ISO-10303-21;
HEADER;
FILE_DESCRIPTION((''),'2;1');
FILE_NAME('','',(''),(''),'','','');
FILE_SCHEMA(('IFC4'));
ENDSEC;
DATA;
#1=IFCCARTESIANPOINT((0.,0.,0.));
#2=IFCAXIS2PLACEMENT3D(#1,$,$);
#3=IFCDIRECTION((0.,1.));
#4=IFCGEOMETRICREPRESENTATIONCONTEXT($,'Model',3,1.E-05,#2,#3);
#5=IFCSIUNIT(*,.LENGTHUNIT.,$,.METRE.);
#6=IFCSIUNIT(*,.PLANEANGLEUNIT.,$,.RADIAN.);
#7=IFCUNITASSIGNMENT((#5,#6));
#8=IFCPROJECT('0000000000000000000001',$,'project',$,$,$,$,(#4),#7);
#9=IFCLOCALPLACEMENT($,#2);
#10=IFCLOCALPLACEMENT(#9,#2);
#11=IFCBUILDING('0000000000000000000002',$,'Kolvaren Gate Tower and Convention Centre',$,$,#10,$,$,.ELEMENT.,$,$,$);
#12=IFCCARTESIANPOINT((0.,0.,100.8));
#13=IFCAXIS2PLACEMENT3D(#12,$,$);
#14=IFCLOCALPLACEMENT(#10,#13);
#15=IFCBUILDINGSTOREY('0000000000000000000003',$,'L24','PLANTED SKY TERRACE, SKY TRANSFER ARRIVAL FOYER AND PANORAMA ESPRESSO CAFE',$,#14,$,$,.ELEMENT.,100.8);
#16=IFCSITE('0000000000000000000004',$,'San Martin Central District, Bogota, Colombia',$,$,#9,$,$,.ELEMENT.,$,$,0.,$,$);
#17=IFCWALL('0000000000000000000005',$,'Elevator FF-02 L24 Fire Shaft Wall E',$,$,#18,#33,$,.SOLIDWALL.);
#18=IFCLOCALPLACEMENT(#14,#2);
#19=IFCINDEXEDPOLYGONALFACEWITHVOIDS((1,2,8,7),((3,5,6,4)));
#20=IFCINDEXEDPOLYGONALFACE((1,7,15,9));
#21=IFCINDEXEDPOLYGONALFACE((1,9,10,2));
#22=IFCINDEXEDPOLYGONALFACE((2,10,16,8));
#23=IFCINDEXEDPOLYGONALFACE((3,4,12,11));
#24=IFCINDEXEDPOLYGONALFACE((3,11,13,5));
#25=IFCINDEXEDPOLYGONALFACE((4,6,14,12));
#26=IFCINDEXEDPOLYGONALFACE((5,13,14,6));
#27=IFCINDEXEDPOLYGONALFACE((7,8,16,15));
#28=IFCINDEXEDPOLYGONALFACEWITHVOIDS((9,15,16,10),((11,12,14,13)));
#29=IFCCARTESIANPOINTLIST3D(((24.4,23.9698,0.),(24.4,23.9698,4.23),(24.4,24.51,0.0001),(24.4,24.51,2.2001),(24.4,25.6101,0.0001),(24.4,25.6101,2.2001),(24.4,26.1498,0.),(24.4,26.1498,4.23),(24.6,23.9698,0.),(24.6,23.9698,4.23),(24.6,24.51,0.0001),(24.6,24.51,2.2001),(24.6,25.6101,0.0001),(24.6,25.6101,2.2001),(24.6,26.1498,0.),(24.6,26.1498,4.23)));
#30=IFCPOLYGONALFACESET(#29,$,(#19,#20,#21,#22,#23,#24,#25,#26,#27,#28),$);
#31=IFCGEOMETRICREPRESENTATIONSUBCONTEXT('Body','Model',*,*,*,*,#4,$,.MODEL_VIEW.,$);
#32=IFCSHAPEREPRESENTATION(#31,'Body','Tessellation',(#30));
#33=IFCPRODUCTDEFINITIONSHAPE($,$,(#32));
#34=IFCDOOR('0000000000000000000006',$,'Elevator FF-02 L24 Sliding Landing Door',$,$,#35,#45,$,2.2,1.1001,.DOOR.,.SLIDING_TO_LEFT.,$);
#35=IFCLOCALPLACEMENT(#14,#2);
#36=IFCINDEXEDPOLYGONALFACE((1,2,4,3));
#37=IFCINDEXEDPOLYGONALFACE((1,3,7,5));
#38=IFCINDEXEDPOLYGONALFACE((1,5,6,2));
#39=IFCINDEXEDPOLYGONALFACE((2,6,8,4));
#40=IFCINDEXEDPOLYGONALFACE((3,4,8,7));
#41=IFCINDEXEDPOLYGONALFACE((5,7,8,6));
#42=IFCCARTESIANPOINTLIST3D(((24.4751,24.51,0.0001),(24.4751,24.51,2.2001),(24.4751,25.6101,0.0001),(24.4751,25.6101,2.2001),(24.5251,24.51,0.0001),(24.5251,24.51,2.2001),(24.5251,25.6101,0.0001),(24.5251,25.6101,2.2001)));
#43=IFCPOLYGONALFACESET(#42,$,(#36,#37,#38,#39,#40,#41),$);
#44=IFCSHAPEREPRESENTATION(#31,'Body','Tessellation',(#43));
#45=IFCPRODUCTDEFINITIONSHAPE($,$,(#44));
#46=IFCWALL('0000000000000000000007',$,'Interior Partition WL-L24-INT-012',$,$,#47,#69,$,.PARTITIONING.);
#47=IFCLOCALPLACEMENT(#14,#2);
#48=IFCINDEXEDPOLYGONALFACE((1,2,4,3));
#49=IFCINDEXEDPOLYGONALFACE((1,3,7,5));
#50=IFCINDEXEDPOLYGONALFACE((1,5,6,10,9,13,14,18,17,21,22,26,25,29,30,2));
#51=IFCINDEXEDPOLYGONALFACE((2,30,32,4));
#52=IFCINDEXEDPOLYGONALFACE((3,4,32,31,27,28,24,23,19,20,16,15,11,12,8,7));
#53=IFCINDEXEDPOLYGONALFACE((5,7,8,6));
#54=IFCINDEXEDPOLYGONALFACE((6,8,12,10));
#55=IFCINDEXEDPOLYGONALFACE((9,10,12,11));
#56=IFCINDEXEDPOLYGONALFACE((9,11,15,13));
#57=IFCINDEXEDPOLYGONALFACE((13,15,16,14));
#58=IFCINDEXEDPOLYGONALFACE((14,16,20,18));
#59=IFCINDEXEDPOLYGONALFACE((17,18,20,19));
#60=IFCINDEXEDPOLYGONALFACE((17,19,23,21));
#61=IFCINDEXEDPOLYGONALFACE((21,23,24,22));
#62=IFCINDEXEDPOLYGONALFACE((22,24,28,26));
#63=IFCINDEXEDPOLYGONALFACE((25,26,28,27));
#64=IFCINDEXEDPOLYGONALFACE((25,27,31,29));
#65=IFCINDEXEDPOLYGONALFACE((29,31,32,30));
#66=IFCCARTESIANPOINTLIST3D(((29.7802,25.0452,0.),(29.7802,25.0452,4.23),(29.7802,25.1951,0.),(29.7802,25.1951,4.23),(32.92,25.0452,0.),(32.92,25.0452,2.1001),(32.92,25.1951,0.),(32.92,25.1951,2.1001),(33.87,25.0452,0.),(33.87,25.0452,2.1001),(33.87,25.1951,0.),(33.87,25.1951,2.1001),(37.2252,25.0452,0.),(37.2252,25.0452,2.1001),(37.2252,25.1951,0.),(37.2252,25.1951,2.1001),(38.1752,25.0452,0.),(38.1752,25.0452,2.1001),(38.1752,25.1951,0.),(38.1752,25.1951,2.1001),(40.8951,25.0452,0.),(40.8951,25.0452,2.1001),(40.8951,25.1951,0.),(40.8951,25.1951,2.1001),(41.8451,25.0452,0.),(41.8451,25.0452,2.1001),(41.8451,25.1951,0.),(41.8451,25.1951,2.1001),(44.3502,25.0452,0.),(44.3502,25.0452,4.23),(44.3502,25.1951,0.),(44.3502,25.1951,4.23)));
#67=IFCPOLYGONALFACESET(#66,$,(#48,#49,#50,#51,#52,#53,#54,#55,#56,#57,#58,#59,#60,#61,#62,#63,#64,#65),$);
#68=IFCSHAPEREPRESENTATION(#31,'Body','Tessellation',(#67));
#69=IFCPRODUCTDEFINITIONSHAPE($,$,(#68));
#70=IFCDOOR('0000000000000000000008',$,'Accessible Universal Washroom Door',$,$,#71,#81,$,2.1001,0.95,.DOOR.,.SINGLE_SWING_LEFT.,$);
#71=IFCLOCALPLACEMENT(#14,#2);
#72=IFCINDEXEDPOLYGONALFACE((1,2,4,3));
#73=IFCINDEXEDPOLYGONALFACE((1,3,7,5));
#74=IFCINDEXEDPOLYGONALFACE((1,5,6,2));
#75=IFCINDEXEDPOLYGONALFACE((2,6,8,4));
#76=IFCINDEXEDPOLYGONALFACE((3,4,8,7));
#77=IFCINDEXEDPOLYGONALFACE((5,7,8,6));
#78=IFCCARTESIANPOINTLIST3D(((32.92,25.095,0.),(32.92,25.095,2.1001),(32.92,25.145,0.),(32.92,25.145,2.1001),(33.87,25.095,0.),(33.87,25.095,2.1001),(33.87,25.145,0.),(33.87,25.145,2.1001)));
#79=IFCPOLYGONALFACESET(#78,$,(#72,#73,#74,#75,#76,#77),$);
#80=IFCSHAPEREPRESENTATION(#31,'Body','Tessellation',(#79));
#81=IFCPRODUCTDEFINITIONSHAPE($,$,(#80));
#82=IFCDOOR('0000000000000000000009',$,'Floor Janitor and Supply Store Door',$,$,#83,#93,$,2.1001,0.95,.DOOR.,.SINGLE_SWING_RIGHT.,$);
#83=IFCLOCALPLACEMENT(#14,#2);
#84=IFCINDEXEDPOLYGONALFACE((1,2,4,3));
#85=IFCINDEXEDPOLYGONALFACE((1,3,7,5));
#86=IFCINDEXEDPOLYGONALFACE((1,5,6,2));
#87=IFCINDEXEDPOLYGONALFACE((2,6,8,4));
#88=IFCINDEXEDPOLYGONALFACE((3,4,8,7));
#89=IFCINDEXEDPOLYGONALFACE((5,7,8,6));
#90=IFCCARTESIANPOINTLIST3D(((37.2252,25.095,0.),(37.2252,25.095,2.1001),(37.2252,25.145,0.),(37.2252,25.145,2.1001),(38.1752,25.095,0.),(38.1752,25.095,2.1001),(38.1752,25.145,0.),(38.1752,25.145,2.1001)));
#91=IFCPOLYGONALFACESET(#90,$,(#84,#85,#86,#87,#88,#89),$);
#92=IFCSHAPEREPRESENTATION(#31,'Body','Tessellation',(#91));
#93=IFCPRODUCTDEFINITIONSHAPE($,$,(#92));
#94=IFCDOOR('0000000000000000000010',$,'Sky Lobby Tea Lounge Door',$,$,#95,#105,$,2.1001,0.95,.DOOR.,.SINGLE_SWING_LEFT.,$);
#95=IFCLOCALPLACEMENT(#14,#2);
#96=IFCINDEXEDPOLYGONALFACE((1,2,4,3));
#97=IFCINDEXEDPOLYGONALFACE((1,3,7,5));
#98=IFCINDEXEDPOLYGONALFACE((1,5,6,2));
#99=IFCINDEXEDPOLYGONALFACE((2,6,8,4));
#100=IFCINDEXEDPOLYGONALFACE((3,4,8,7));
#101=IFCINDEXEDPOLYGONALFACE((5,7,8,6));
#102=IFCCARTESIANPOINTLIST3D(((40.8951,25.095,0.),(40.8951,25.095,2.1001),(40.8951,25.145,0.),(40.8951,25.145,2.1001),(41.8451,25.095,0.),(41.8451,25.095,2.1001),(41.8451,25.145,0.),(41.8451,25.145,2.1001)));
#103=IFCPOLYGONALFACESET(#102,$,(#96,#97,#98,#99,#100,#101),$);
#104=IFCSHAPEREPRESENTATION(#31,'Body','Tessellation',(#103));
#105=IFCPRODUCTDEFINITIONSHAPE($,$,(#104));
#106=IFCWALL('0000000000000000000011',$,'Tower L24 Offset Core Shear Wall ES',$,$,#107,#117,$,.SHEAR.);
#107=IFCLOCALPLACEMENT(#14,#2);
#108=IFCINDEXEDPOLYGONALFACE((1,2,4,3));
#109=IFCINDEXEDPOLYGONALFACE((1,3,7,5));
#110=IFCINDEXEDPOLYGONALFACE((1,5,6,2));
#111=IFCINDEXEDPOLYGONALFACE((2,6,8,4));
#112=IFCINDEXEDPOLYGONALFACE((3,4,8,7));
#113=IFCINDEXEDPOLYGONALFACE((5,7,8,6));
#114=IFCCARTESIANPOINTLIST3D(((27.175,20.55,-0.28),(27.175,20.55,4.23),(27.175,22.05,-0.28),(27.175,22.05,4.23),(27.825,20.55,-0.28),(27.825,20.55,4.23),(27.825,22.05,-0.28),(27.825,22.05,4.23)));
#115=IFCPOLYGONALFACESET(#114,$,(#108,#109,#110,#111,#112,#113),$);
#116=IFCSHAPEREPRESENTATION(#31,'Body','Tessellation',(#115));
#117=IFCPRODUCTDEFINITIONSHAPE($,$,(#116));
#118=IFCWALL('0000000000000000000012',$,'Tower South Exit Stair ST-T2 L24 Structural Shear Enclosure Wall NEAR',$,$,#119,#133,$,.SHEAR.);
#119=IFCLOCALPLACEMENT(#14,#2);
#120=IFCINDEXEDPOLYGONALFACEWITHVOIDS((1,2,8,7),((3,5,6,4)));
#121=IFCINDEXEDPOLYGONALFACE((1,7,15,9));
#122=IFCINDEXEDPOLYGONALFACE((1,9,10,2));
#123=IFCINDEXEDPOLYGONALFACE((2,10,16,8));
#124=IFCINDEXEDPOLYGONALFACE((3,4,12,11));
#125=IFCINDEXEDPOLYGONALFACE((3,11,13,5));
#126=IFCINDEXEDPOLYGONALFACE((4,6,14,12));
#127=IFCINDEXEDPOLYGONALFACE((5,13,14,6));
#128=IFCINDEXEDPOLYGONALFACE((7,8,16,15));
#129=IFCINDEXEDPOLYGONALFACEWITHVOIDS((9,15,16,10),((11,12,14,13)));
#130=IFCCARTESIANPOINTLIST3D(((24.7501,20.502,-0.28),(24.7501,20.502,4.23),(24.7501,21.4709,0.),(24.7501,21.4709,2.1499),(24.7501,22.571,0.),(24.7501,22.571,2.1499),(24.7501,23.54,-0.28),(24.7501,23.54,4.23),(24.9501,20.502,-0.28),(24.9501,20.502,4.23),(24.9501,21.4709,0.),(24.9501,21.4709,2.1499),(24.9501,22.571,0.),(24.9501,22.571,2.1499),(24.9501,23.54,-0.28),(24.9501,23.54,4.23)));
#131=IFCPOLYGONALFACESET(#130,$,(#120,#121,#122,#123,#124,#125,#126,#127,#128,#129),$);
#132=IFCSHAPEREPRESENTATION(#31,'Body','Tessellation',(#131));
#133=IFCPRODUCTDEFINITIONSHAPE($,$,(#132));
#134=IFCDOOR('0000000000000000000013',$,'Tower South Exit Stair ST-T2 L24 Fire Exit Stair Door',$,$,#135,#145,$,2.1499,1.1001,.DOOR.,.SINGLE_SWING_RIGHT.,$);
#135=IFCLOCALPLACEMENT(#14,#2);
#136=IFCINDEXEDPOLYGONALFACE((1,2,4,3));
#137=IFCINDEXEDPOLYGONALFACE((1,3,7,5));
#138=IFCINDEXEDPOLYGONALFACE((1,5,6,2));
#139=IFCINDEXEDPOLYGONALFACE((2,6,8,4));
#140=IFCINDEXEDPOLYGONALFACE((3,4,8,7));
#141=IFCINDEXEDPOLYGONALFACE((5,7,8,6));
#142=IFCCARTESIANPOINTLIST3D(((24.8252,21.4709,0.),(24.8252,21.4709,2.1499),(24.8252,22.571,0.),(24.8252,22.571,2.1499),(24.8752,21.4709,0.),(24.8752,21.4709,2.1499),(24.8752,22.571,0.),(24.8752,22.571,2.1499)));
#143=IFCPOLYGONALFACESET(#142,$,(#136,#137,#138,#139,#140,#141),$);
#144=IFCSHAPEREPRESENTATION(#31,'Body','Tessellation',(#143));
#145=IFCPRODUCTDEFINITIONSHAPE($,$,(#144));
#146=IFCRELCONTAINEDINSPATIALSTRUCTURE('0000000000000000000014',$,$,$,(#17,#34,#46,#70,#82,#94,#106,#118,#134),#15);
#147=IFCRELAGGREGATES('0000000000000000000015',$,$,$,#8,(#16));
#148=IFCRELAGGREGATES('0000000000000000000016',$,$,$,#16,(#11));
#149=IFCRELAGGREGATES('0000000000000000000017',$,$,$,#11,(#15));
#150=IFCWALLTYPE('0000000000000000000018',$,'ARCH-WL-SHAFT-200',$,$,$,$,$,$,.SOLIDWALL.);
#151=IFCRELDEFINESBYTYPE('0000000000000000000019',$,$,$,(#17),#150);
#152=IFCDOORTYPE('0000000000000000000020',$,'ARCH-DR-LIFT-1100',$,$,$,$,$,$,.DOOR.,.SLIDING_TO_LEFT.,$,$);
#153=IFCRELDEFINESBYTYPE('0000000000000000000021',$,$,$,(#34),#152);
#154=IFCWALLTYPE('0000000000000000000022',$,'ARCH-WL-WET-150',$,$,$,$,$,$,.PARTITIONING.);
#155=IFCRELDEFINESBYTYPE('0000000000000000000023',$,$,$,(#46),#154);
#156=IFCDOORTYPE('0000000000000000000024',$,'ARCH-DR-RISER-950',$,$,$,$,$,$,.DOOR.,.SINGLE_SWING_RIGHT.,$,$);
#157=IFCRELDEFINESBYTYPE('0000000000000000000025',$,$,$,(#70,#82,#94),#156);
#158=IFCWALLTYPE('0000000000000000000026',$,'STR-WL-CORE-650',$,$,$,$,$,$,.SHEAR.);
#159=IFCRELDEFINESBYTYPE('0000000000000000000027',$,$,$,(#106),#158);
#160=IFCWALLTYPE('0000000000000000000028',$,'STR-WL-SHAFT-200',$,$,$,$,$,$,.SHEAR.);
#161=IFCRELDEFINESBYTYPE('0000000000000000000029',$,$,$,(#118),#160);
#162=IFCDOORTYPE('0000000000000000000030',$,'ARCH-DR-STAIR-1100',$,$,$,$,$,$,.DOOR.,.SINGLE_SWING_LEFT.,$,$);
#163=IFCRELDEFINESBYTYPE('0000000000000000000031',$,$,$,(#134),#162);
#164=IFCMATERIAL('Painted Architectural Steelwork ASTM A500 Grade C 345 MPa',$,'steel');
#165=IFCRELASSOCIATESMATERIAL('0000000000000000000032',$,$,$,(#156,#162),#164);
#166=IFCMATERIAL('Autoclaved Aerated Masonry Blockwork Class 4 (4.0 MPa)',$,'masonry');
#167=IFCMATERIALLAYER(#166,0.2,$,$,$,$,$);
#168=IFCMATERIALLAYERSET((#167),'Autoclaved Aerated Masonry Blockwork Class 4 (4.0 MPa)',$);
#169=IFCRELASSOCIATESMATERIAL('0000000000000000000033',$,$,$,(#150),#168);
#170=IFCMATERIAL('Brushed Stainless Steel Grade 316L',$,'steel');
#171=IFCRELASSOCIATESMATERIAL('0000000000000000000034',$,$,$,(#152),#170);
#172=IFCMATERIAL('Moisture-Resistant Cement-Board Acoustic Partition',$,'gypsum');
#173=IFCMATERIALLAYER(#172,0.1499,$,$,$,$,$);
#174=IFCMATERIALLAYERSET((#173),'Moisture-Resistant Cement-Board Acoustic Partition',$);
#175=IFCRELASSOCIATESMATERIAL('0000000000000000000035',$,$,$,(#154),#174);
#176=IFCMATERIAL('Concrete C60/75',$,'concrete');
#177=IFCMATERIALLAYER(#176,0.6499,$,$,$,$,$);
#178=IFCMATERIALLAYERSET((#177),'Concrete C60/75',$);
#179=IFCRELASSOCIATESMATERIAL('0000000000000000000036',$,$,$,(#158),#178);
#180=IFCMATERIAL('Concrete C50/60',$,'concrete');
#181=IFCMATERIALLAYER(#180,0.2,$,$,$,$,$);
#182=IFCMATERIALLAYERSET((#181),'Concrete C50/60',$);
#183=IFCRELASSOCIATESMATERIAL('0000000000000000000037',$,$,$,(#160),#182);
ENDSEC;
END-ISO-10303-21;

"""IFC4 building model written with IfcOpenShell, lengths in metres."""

from ifc_helpers import new_model, si_unit, direction, frame, frame_2d, origin, place, context, subcontext, project, spatial, rectangle, extrude, material, layer, layer_set, type_object, element, fill, save


model = new_model("IFC4")

# Units and contexts
model_context = context("Model", 3, precision=1e-05, world=origin(), true_north=direction((0.0, 1.0)))
body_context = subcontext(model_context, "Body", "Model", "MODEL_VIEW")
ifc_project = project(units=[si_unit("LENGTHUNIT", "METRE"), si_unit("PLANEANGLEUNIT", "RADIAN")], contexts=[model_context])

# Site, building, storey
site_placement = place(None, origin())
site = spatial("IfcSite", under=ifc_project, at=site_placement, Name="San Martin Central District, Bogota, Colombia", CompositionType="ELEMENT", RefElevation=0.0)
building_placement = place(site_placement, origin())
building = spatial("IfcBuilding", under=site, at=building_placement, Name="Kolvaren Gate Tower and Convention Centre", CompositionType="ELEMENT")
storey_placement = place(building_placement, frame((0.0, 0.0, 100.8)))
storey = spatial("IfcBuildingStorey", under=building, at=storey_placement, Name="L24", Description="PLANTED SKY TERRACE, SKY TRANSFER ARRIVAL FOYER AND PANORAMA ESPRESSO CAFE", CompositionType="ELEMENT", Elevation=100.8)

# Shared definitions
ifc_material_1 = material(Name="Concrete C60/75", Category="concrete")

# Shared definitions
ifc_material_2 = material(Name="Autoclaved Aerated Masonry Blockwork Class 4 (4.0 MPa)", Category="masonry")

# Shared definitions
ifc_material_3 = material(Name="Painted Architectural Steelwork ASTM A500 Grade C 345 MPa", Category="steel")
door_type_1 = type_object("IfcDoorType", Name="ARCH-DR-RISER-950", OperationType="SINGLE_SWING_RIGHT", PredefinedType="DOOR", material=ifc_material_3)

# Shared definitions
ifc_layer_1 = layer(ifc_material_2, 0.2)
ifc_layer_set_1 = layer_set([ifc_layer_1], Name="Autoclaved Aerated Masonry Blockwork Class 4 (4.0 MPa)")
wall_type_1 = type_object("IfcWallType", Name="ARCH-WL-SHAFT-200", PredefinedType="SOLIDWALL", material=ifc_layer_set_1)

# Shared definitions
ifc_material_4 = material(Name="Brushed Stainless Steel Grade 316L", Category="steel")
door_type_2 = type_object("IfcDoorType", Name="ARCH-DR-LIFT-1100", OperationType="SLIDING_TO_LEFT", PredefinedType="DOOR", material=ifc_material_4)

# Wall, opening, door
wall_1_placement = place(storey_placement, frame((24.5, 23.97, 0.0), z_axis=(0.0, 0.0, 1.0), x_axis=(0.0, 1.0, 0.0)))
wall_1 = element("IfcWall", 1, at=wall_1_placement, inside=storey, type_object=wall_type_1, Name="Elevator FF-02 L24 Fire Shaft Wall E", PredefinedType="SOLIDWALL", context=body_context, shape_type="SweptSolid", body=[
    extrude(rectangle(XDim=2.1799, YDim=0.2, at=frame_2d((1.0898, 0.0))), origin(), (0.0, 0.0, 1.0), 4.23),
])
opening_1_placement = place(wall_1_placement, frame((0.54, 0.0, 0.0)))
opening_1 = element("IfcOpeningElement", 2, at=opening_1_placement, cuts=wall_1, PredefinedType="OPENING", context=body_context, shape_type="SweptSolid", body=[
    extrude(rectangle(XDim=1.1001, YDim=2.2, at=frame_2d((0.55, 1.1001))), frame((0.0, 0.1099, 0.0), z_axis=(0.0, -1.0, 0.0), x_axis=(1.0, 0.0, 0.0)), (0.0, 0.0, 1.0), 0.22),
])
door_1_placement = place(opening_1_placement, origin())
door_1 = element("IfcDoor", 3, at=door_1_placement, inside=storey, type_object=door_type_2, Name="Elevator FF-02 L24 Sliding Landing Door", OperationType="SLIDING_TO_LEFT", OverallHeight=2.2, OverallWidth=1.1001, PredefinedType="DOOR", context=body_context, shape_type="SweptSolid", body=[
    extrude(rectangle(XDim=1.1001, YDim=2.2, at=frame_2d((0.55, 1.1001))), frame((0.0, 0.0249, 0.0), z_axis=(0.0, -1.0, 0.0), x_axis=(1.0, 0.0, 0.0)), (0.0, 0.0, 1.0), 0.05),
])
fill(opening_1, door_1)

# Wall, openings, doors
ifc_material_5 = material(Name="Moisture-Resistant Cement-Board Acoustic Partition", Category="gypsum")
ifc_layer_2 = layer(ifc_material_5, 0.1499)
ifc_layer_set_2 = layer_set([ifc_layer_2], Name="Moisture-Resistant Cement-Board Acoustic Partition")
wall_type_2 = type_object("IfcWallType", Name="ARCH-WL-WET-150", PredefinedType="PARTITIONING", material=ifc_layer_set_2)
wall_2_placement = place(storey_placement, frame((29.78, 25.1201, 0.0), z_axis=(0.0, 0.0, 1.0), x_axis=(1.0, 0.0, 0.0)))
wall_2 = element("IfcWall", 4, at=wall_2_placement, inside=storey, type_object=wall_type_2, Name="Interior Partition WL-L24-INT-012", PredefinedType="PARTITIONING", context=body_context, shape_type="SweptSolid", body=[
    extrude(rectangle(XDim=14.5701, YDim=0.1499, at=frame_2d((7.2852, 0.0))), origin(), (0.0, 0.0, 1.0), 4.23),
])
opening_2_placement = place(wall_2_placement, frame((3.1399, 0.0, 0.0)))
opening_2 = element("IfcOpeningElement", 5, at=opening_2_placement, cuts=wall_2, PredefinedType="OPENING", context=body_context, shape_type="SweptSolid", body=[
    extrude(rectangle(XDim=0.95, YDim=2.1001, at=frame_2d((0.4751, 1.05))), frame((0.0, 0.085, 0.0), z_axis=(0.0, -1.0, 0.0), x_axis=(1.0, 0.0, 0.0)), (0.0, 0.0, 1.0), 0.1699),
])
opening_3_placement = place(wall_2_placement, frame((7.4451, 0.0, 0.0)))
opening_3 = element("IfcOpeningElement", 6, at=opening_3_placement, cuts=wall_2, PredefinedType="OPENING", context=body_context, shape_type="SweptSolid", body=[
    extrude(rectangle(XDim=0.95, YDim=2.1001, at=frame_2d((0.4751, 1.05))), frame((0.0, 0.085, 0.0), z_axis=(0.0, -1.0, 0.0), x_axis=(1.0, 0.0, 0.0)), (0.0, 0.0, 1.0), 0.1699),
])
opening_4_placement = place(wall_2_placement, frame((11.115, 0.0, 0.0)))
opening_4 = element("IfcOpeningElement", 7, at=opening_4_placement, cuts=wall_2, PredefinedType="OPENING", context=body_context, shape_type="SweptSolid", body=[
    extrude(rectangle(XDim=0.95, YDim=2.1001, at=frame_2d((0.4751, 1.05))), frame((0.0, 0.085, 0.0), z_axis=(0.0, -1.0, 0.0), x_axis=(1.0, 0.0, 0.0)), (0.0, 0.0, 1.0), 0.1699),
])
door_2_placement = place(opening_2_placement, origin())
door_2 = element("IfcDoor", 8, at=door_2_placement, inside=storey, type_object=door_type_1, Name="Accessible Universal Washroom Door", OperationType="SINGLE_SWING_LEFT", OverallHeight=2.1001, OverallWidth=0.95, PredefinedType="DOOR", context=body_context, shape_type="SweptSolid", body=[
    extrude(rectangle(XDim=0.95, YDim=2.1001, at=frame_2d((0.4751, 1.05))), frame((0.0, 0.0249, 0.0), z_axis=(0.0, -1.0, 0.0), x_axis=(1.0, 0.0, 0.0)), (0.0, 0.0, 1.0), 0.05),
])
fill(opening_2, door_2)
door_3_placement = place(opening_3_placement, origin())
door_3 = element("IfcDoor", 9, at=door_3_placement, inside=storey, type_object=door_type_1, Name="Floor Janitor and Supply Store Door", OperationType="SINGLE_SWING_RIGHT", OverallHeight=2.1001, OverallWidth=0.95, PredefinedType="DOOR", context=body_context, shape_type="SweptSolid", body=[
    extrude(rectangle(XDim=0.95, YDim=2.1001, at=frame_2d((0.4751, 1.05))), frame((0.0, 0.0249, 0.0), z_axis=(0.0, -1.0, 0.0), x_axis=(1.0, 0.0, 0.0)), (0.0, 0.0, 1.0), 0.05),
])
fill(opening_3, door_3)
door_4_placement = place(opening_4_placement, origin())
door_4 = element("IfcDoor", 10, at=door_4_placement, inside=storey, type_object=door_type_1, Name="Sky Lobby Tea Lounge Door", OperationType="SINGLE_SWING_LEFT", OverallHeight=2.1001, OverallWidth=0.95, PredefinedType="DOOR", context=body_context, shape_type="SweptSolid", body=[
    extrude(rectangle(XDim=0.95, YDim=2.1001, at=frame_2d((0.4751, 1.05))), frame((0.0, 0.0249, 0.0), z_axis=(0.0, -1.0, 0.0), x_axis=(1.0, 0.0, 0.0)), (0.0, 0.0, 1.0), 0.05),
])
fill(opening_4, door_4)

# Wall
ifc_layer_3 = layer(ifc_material_1, 0.6499)
ifc_layer_set_3 = layer_set([ifc_layer_3], Name="Concrete C60/75")
wall_type_3 = type_object("IfcWallType", Name="STR-WL-CORE-650", PredefinedType="SHEAR", material=ifc_layer_set_3)
wall_3_placement = place(storey_placement, frame((27.5, 20.55, -0.28), z_axis=(0.0, 0.0, 1.0), x_axis=(0.0, 1.0, 0.0)))
element("IfcWall", 11, at=wall_3_placement, inside=storey, type_object=wall_type_3, Name="Tower L24 Offset Core Shear Wall ES", PredefinedType="SHEAR", context=body_context, shape_type="SweptSolid", body=[
    extrude(rectangle(XDim=1.5, YDim=0.6499, at=frame_2d((0.75, 0.0))), origin(), (0.0, 0.0, 1.0), 4.51),
])

# Wall, opening, door
ifc_material_6 = material(Name="Concrete C50/60", Category="concrete")
ifc_layer_4 = layer(ifc_material_6, 0.2)
ifc_layer_set_4 = layer_set([ifc_layer_4], Name="Concrete C50/60")
wall_type_4 = type_object("IfcWallType", Name="STR-WL-SHAFT-200", PredefinedType="SHEAR", material=ifc_layer_set_4)
wall_4_placement = place(storey_placement, frame((24.8501, 20.502, -0.28), z_axis=(0.0, 0.0, 1.0), x_axis=(0.0, 1.0, 0.0)))
wall_4 = element("IfcWall", 12, at=wall_4_placement, inside=storey, type_object=wall_type_4, Name="Tower South Exit Stair ST-T2 L24 Structural Shear Enclosure Wall NEAR", PredefinedType="SHEAR", context=body_context, shape_type="SweptSolid", body=[
    extrude(rectangle(XDim=3.0381, YDim=0.2, at=frame_2d((1.519, 0.0))), origin(), (0.0, 0.0, 1.0), 4.51),
])
opening_5_placement = place(wall_4_placement, frame((0.969, 0.0, 0.28)))
opening_5 = element("IfcOpeningElement", 13, at=opening_5_placement, cuts=wall_4, PredefinedType="OPENING", context=body_context, shape_type="SweptSolid", body=[
    extrude(rectangle(XDim=1.1001, YDim=2.1499, at=frame_2d((0.55, 1.075))), frame((0.0, 0.1099, 0.0), z_axis=(0.0, -1.0, 0.0), x_axis=(1.0, 0.0, 0.0)), (0.0, 0.0, 1.0), 0.22),
])
door_type_3 = type_object("IfcDoorType", Name="ARCH-DR-STAIR-1100", OperationType="SINGLE_SWING_LEFT", PredefinedType="DOOR", material=ifc_material_3)
door_5_placement = place(opening_5_placement, origin())
door_5 = element("IfcDoor", 14, at=door_5_placement, inside=storey, type_object=door_type_3, Name="Tower South Exit Stair ST-T2 L24 Fire Exit Stair Door", OperationType="SINGLE_SWING_RIGHT", OverallHeight=2.1499, OverallWidth=1.1001, PredefinedType="DOOR", context=body_context, shape_type="SweptSolid", body=[
    extrude(rectangle(XDim=1.1001, YDim=2.1499, at=frame_2d((0.55, 1.075))), frame((0.0, 0.0249, 0.0), z_axis=(0.0, -1.0, 0.0), x_axis=(1.0, 0.0, 0.0)), (0.0, 0.0, 1.0), 0.05),
])
fill(opening_5, door_5)

save(model, "model.ifc")
